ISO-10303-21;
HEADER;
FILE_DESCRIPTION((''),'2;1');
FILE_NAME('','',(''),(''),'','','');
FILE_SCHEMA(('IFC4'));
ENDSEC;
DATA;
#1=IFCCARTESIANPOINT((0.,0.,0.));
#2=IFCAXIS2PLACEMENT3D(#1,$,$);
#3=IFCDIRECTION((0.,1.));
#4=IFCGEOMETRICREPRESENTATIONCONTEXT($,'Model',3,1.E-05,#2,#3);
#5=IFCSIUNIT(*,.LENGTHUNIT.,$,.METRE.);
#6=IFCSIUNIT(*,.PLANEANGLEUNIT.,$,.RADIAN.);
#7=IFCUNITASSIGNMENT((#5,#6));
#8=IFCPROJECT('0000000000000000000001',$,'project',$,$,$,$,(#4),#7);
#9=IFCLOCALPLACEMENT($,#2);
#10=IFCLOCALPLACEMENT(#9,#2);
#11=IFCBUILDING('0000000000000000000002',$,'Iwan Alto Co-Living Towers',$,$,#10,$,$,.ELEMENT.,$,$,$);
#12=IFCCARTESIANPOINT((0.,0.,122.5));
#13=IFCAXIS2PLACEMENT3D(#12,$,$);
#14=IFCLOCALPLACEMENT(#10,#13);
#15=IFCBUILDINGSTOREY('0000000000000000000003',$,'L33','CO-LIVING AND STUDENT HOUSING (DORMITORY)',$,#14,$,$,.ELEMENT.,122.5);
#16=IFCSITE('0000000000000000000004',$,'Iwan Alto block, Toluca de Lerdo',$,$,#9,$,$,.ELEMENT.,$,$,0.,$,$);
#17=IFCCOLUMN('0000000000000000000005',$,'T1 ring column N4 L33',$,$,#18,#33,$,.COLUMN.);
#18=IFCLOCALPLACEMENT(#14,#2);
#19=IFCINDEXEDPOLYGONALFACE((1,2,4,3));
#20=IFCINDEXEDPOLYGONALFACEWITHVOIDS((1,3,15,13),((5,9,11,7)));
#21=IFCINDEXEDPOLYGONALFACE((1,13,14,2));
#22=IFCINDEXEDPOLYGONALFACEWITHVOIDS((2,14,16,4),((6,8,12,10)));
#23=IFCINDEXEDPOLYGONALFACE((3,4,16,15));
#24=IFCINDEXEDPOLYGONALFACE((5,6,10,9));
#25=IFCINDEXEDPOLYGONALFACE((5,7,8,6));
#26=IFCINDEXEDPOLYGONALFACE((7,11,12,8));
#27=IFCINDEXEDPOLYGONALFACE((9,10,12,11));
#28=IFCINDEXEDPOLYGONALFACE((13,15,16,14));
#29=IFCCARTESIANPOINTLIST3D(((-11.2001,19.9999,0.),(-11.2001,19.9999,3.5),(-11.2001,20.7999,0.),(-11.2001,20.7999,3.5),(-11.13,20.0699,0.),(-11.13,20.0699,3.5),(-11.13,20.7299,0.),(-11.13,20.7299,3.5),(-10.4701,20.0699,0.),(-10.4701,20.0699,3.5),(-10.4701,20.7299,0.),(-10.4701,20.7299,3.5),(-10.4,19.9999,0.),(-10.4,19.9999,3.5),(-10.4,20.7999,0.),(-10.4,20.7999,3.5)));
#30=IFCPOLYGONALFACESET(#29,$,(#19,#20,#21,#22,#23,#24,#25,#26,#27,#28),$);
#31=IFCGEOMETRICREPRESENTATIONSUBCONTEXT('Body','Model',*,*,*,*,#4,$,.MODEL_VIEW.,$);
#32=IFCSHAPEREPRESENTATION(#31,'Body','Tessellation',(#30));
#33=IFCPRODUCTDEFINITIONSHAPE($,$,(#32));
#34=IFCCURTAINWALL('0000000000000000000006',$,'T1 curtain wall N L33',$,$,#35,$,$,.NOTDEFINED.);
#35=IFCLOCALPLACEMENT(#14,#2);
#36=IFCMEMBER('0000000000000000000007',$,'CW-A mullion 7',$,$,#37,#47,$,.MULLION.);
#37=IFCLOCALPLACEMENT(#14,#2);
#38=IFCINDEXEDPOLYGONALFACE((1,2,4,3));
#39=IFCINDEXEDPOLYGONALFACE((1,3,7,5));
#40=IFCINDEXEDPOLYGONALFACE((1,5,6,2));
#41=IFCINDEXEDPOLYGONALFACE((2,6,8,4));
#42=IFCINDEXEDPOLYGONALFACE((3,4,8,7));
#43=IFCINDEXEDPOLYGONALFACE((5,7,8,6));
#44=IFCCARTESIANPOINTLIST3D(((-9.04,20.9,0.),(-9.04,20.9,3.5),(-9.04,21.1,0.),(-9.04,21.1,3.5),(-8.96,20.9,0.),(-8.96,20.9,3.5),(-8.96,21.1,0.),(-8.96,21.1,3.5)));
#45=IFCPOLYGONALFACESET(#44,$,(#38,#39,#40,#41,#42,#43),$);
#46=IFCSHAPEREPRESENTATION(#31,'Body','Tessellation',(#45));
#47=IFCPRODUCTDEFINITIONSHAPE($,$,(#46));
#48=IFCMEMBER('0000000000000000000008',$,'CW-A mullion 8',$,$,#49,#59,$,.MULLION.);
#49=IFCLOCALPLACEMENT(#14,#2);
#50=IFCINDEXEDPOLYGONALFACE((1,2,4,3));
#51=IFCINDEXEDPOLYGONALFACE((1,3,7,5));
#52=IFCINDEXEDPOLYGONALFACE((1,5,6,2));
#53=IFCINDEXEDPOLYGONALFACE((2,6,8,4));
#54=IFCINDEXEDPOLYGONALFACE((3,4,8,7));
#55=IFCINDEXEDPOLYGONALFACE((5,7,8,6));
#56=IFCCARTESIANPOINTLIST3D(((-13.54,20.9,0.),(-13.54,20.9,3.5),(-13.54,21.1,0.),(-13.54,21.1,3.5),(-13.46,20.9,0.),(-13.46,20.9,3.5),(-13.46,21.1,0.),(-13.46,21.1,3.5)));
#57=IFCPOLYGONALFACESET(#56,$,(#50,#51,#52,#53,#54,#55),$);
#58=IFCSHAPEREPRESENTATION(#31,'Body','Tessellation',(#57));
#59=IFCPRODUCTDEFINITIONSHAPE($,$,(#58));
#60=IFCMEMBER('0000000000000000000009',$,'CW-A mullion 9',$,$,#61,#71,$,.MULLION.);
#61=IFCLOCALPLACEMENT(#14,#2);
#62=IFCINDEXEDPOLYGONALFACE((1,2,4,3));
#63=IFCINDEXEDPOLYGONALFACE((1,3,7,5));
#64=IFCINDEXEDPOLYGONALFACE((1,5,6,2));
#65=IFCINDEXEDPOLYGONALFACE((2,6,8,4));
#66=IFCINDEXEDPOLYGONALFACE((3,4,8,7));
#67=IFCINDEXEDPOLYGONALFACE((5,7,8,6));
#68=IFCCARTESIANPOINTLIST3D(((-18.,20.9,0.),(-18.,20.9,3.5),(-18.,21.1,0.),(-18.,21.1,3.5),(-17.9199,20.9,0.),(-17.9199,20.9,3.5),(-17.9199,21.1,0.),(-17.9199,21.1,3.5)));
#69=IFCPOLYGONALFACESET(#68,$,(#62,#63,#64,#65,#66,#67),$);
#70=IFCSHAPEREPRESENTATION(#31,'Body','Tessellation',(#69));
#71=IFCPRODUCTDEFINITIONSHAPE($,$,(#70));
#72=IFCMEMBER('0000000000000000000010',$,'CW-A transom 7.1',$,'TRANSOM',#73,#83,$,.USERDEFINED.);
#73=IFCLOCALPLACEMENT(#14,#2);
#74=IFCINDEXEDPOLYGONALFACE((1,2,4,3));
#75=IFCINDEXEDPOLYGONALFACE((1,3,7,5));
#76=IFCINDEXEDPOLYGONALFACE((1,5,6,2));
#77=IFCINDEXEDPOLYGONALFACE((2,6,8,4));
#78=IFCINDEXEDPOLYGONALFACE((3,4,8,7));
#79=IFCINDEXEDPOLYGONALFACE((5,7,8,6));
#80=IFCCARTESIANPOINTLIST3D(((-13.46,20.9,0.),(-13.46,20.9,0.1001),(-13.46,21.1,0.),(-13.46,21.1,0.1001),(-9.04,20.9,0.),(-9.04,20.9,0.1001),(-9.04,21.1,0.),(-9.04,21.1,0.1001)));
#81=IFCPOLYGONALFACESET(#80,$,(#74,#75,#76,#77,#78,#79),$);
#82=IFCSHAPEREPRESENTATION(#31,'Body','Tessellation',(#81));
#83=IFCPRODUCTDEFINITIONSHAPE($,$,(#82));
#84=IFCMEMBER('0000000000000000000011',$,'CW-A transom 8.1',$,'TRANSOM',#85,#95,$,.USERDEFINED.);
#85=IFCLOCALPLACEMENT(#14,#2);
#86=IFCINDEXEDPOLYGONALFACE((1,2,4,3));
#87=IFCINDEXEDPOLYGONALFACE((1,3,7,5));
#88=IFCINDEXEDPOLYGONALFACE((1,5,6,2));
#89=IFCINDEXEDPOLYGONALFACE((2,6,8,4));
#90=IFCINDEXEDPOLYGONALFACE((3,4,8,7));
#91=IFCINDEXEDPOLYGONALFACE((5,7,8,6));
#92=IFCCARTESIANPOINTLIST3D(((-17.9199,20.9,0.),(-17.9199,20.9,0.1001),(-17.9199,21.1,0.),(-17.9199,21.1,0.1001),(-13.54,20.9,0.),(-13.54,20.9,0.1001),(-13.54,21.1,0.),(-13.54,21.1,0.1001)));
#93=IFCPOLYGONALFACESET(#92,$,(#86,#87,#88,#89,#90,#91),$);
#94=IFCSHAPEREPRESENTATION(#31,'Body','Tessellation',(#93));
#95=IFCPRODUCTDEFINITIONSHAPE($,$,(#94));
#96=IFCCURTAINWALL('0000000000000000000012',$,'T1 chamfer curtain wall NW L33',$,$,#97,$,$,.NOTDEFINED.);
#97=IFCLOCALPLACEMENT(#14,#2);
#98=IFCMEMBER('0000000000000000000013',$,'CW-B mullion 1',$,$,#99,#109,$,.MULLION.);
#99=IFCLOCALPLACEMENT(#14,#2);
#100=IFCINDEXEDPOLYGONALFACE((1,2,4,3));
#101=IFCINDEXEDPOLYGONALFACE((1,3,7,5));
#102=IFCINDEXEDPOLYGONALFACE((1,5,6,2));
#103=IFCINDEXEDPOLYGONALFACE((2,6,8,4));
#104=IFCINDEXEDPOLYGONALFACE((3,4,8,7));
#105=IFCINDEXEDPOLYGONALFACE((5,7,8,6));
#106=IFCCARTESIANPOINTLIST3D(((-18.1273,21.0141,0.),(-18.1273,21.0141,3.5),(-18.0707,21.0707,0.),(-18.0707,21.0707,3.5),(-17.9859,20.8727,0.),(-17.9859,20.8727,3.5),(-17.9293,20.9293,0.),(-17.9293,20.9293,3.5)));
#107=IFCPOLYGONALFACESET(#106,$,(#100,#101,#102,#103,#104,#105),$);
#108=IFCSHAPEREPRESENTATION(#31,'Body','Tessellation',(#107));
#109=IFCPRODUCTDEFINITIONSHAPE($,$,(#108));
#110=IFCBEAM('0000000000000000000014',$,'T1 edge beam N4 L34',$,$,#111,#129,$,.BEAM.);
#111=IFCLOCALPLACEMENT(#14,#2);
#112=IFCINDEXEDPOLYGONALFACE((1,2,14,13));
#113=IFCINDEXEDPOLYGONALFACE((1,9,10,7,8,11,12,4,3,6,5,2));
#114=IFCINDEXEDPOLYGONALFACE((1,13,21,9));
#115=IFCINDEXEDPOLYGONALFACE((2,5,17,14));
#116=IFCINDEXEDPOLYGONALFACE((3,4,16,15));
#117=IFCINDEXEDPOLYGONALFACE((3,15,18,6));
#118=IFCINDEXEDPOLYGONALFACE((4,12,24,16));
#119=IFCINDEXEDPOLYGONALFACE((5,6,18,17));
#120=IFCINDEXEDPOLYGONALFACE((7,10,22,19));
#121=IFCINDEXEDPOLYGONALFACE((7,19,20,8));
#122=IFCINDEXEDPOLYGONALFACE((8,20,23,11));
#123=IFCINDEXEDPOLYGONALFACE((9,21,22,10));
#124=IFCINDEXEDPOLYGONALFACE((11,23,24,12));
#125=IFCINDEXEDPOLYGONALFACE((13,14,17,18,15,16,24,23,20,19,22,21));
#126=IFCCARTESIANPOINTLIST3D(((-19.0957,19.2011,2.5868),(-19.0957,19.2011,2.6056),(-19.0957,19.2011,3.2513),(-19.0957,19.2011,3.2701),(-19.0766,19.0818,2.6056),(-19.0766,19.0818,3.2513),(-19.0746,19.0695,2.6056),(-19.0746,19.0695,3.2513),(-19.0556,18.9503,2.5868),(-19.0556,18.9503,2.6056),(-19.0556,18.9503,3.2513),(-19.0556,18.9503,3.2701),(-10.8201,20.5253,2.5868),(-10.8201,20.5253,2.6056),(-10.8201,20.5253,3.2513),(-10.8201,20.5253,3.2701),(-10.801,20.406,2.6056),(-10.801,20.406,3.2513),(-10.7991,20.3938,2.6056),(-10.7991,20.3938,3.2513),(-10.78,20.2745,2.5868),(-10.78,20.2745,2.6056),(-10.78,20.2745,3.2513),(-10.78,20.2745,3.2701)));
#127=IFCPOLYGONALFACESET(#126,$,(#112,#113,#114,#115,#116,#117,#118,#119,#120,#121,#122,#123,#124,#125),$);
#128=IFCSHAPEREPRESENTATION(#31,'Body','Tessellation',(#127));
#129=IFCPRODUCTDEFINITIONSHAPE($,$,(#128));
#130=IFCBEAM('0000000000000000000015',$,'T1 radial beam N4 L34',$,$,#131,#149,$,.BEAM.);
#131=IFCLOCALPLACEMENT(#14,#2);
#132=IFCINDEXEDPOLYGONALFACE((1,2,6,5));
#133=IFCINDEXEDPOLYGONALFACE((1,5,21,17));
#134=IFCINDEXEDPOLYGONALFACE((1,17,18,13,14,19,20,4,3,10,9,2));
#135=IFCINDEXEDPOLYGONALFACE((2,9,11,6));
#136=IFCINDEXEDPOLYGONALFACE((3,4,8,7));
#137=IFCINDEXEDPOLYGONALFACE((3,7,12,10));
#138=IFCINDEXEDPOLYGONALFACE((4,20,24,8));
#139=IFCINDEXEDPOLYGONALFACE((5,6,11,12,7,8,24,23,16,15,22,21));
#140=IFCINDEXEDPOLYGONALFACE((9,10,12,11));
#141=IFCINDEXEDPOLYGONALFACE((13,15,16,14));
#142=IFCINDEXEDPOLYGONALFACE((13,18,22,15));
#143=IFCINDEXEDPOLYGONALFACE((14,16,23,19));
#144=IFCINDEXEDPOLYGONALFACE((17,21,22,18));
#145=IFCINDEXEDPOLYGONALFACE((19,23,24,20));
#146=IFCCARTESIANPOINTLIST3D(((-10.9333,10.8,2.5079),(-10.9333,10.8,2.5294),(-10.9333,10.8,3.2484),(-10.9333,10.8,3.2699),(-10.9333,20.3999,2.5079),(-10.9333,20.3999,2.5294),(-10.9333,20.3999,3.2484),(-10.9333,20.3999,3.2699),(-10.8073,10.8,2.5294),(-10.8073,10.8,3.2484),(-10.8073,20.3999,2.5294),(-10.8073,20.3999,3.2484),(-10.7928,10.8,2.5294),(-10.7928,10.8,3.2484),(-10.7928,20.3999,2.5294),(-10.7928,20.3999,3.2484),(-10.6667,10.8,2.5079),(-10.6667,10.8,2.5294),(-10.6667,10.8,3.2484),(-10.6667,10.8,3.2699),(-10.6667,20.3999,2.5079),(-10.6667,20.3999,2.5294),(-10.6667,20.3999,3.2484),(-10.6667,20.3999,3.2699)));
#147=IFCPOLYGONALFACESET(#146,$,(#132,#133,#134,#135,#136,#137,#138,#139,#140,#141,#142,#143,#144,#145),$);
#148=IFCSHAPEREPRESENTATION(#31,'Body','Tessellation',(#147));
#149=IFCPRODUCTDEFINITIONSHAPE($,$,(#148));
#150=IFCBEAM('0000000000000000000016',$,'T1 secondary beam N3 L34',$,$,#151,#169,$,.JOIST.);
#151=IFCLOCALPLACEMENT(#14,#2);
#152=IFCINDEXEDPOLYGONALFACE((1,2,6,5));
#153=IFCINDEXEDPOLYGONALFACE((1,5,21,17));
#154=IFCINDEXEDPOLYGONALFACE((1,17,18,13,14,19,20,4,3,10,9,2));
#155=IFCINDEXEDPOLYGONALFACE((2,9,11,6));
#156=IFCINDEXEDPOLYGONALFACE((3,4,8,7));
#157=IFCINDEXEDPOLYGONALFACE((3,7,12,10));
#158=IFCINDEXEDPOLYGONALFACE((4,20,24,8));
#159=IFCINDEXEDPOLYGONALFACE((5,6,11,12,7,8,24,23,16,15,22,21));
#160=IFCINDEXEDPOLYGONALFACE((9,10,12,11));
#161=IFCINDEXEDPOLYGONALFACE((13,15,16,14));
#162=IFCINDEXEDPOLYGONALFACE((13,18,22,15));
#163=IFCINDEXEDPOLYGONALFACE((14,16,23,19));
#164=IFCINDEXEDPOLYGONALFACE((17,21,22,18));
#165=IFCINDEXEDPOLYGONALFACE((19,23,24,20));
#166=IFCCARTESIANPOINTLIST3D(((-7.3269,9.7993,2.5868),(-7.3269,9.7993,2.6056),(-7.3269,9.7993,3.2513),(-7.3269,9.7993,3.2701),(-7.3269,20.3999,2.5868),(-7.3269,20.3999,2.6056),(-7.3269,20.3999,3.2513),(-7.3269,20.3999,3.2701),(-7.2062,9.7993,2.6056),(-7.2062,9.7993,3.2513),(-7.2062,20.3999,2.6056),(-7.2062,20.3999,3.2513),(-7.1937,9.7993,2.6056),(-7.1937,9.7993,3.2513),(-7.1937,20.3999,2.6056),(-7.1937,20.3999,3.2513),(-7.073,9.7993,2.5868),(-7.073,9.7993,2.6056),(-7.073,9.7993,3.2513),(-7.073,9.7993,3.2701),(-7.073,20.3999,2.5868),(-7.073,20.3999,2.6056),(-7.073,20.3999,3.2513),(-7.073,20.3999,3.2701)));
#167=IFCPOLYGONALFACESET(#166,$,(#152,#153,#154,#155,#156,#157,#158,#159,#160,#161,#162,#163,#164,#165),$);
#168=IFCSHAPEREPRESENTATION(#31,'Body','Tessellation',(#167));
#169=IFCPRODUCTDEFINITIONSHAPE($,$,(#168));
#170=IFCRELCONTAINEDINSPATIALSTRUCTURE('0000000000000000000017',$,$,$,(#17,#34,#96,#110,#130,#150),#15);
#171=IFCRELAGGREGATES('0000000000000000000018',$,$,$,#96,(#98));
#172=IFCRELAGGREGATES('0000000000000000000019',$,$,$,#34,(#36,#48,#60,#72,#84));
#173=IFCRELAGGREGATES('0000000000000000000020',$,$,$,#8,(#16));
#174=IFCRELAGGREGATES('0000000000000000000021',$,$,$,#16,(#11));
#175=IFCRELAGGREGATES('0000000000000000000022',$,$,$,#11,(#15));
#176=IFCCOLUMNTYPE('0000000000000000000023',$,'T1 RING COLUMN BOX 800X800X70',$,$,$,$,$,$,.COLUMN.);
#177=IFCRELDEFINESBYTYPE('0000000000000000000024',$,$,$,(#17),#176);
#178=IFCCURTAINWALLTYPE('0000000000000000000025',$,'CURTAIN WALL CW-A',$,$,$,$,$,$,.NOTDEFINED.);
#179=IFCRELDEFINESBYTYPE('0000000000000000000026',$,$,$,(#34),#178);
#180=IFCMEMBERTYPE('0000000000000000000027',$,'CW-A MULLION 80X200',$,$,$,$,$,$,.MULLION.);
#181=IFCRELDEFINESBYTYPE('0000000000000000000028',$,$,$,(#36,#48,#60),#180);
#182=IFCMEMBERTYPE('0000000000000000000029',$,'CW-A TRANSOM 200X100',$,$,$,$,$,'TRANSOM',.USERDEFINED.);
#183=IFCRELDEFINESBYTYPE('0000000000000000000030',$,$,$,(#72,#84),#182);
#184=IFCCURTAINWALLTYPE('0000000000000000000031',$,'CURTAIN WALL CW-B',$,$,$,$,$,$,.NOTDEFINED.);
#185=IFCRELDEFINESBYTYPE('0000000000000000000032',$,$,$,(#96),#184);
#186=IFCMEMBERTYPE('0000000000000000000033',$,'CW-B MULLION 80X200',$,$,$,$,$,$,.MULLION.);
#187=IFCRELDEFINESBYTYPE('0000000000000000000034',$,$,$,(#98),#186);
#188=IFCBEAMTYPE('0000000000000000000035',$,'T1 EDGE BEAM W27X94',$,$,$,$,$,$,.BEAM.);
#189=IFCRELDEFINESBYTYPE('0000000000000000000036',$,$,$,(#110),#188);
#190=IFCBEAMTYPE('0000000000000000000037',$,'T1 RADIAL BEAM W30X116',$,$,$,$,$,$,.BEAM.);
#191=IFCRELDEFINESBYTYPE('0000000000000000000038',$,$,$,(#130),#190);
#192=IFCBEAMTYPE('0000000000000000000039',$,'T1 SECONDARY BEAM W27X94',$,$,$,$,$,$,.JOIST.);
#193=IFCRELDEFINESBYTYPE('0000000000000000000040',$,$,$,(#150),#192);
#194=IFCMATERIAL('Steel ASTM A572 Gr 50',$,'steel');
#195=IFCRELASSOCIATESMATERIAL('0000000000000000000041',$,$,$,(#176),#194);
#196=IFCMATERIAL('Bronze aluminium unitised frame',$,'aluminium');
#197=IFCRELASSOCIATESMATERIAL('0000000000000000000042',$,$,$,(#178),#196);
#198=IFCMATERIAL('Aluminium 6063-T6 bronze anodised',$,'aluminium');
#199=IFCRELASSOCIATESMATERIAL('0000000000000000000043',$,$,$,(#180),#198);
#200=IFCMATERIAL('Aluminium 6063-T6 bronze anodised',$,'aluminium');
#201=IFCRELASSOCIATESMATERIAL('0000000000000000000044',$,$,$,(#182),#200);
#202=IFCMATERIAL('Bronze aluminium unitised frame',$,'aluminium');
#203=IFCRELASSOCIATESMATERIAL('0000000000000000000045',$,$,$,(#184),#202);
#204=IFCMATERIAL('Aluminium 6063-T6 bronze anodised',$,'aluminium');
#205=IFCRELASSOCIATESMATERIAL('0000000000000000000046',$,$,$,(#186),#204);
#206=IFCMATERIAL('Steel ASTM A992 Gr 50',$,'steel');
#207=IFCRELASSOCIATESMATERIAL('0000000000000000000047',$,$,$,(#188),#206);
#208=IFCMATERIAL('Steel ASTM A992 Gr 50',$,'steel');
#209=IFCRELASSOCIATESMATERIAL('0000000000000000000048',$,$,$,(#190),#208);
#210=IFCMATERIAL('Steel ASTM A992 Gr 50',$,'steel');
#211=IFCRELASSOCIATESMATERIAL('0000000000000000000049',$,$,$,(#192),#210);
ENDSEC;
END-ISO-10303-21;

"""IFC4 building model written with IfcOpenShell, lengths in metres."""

from ifc_helpers import new_model, si_unit, direction, frame, origin, origin_2d, place, context, subcontext, project, spatial, rectangle, hollow_rectangle, i_section, extrude, material, material_profile, profile_set, type_object, element, aggregate, save


model = new_model("IFC4")

# Units and contexts
model_context = context("Model", 3, precision=1e-05, world=origin(), true_north=direction((0.0, 1.0)))
body_context = subcontext(model_context, "Body", "Model", "MODEL_VIEW")
ifc_project = project(units=[si_unit("LENGTHUNIT", "METRE"), si_unit("PLANEANGLEUNIT", "RADIAN")], contexts=[model_context])

# Site, building, storey
site_placement = place(None, origin())
site = spatial("IfcSite", under=ifc_project, at=site_placement, Name="Iwan Alto block, Toluca de Lerdo", CompositionType="ELEMENT", RefElevation=0.0)
building_placement = place(site_placement, origin())
building = spatial("IfcBuilding", under=site, at=building_placement, Name="Iwan Alto Co-Living Towers", CompositionType="ELEMENT")
storey_placement = place(building_placement, frame((0.0, 0.0, 122.5)))
storey = spatial("IfcBuildingStorey", under=building, at=storey_placement, Name="L33", Description="CO-LIVING AND STUDENT HOUSING (DORMITORY)", CompositionType="ELEMENT", Elevation=122.5)

# Column
ifc_material_1 = material(Name="Steel ASTM A572 Gr 50", Category="steel")
ifc_material_profile_1 = material_profile(ifc_material_1, hollow_rectangle(XDim=0.8, YDim=0.8, WallThickness=0.0701, at=origin_2d()), Name="BOX 800X800X70")
ifc_profile_set_1 = profile_set([ifc_material_profile_1], Name="Steel ASTM A572 Gr 50")
column_type = type_object("IfcColumnType", Name="T1 RING COLUMN BOX 800X800X70", PredefinedType="COLUMN", material=ifc_profile_set_1)
column_placement = place(storey_placement, frame((-10.8, 20.3999, 0.0), z_axis=(0.0, 0.0, 1.0), x_axis=(1.0, 0.0, 0.0)))
element("IfcColumn", 1, at=column_placement, inside=storey, type_object=column_type, Name="T1 ring column N4 L33", PredefinedType="COLUMN", context=body_context, shape_type="SweptSolid", body=[
    extrude(hollow_rectangle(XDim=0.8, YDim=0.8, WallThickness=0.0701, at=origin_2d()), origin(), (0.0, 0.0, 1.0), 3.5),
])

# Curtain wall, members
ifc_material_2 = material(Name="Bronze aluminium unitised frame", Category="aluminium")
curtain_wall_type_1 = type_object("IfcCurtainWallType", Name="CURTAIN WALL CW-A", PredefinedType="NOTDEFINED", material=ifc_material_2)
curtain_wall_1_placement = place(storey_placement, origin())
curtain_wall_1 = element("IfcCurtainWall", 2, at=curtain_wall_1_placement, inside=storey, type_object=curtain_wall_type_1, Name="T1 curtain wall N L33", PredefinedType="NOTDEFINED")
ifc_material_3 = material(Name="Aluminium 6063-T6 bronze anodised", Category="aluminium")
ifc_material_profile_2 = material_profile(ifc_material_3, rectangle(XDim=0.2, YDim=0.0801, at=origin_2d()), Name="AL 80X200")
ifc_profile_set_2 = profile_set([ifc_material_profile_2], Name="Aluminium 6063-T6 bronze anodised")
member_type_1 = type_object("IfcMemberType", Name="CW-A MULLION 80X200", PredefinedType="MULLION", material=ifc_profile_set_2)
member_1_placement = place(storey_placement, frame((-9.0, 21.0, 0.0), z_axis=(0.0, 0.0, 1.0), x_axis=(0.0, -1.0, 0.0)))
member_1 = element("IfcMember", 3, at=member_1_placement, type_object=member_type_1, Name="CW-A mullion 7", PredefinedType="MULLION", context=body_context, shape_type="SweptSolid", body=[
    extrude(rectangle(XDim=0.2, YDim=0.0801, at=origin_2d()), origin(), (0.0, 0.0, 1.0), 3.5),
])
member_2_placement = place(storey_placement, frame((-13.5, 21.0, 0.0), z_axis=(0.0, 0.0, 1.0), x_axis=(0.0, -1.0, 0.0)))
member_2 = element("IfcMember", 4, at=member_2_placement, type_object=member_type_1, Name="CW-A mullion 8", PredefinedType="MULLION", context=body_context, shape_type="SweptSolid", body=[
    extrude(rectangle(XDim=0.2, YDim=0.0801, at=origin_2d()), origin(), (0.0, 0.0, 1.0), 3.5),
])
member_3_placement = place(storey_placement, frame((-17.96, 21.0, 0.0), z_axis=(0.0, 0.0, 1.0), x_axis=(0.0, -1.0, 0.0)))
member_3 = element("IfcMember", 5, at=member_3_placement, type_object=member_type_1, Name="CW-A mullion 9", PredefinedType="MULLION", context=body_context, shape_type="SweptSolid", body=[
    extrude(rectangle(XDim=0.2, YDim=0.0801, at=origin_2d()), origin(), (0.0, 0.0, 1.0), 3.5),
])
ifc_material_4 = material(Name="Aluminium 6063-T6 bronze anodised", Category="aluminium")
ifc_material_profile_3 = material_profile(ifc_material_4, rectangle(XDim=0.2, YDim=0.1001, at=origin_2d()), Name="AL 200X100")
ifc_profile_set_3 = profile_set([ifc_material_profile_3], Name="Aluminium 6063-T6 bronze anodised")
member_type_2 = type_object("IfcMemberType", Name="CW-A TRANSOM 200X100", ElementType="TRANSOM", PredefinedType="USERDEFINED", material=ifc_profile_set_3)
member_4_placement = place(storey_placement, frame((-9.04, 21.0, 0.05), z_axis=(-1.0, 0.0, 0.0), x_axis=(0.0, -1.0, 0.0)))
member_4 = element("IfcMember", 6, at=member_4_placement, type_object=member_type_2, Name="CW-A transom 7.1", ObjectType="TRANSOM", PredefinedType="USERDEFINED", context=body_context, shape_type="SweptSolid", body=[
    extrude(rectangle(XDim=0.2, YDim=0.1001, at=origin_2d()), origin(), (0.0, 0.0, 1.0), 4.4199),
])
member_5_placement = place(storey_placement, frame((-13.54, 21.0, 0.05), z_axis=(-1.0, 0.0, 0.0), x_axis=(0.0, -1.0, 0.0)))
member_5 = element("IfcMember", 7, at=member_5_placement, type_object=member_type_2, Name="CW-A transom 8.1", ObjectType="TRANSOM", PredefinedType="USERDEFINED", context=body_context, shape_type="SweptSolid", body=[
    extrude(rectangle(XDim=0.2, YDim=0.1001, at=origin_2d()), origin(), (0.0, 0.0, 1.0), 4.3799),
])

# Curtain wall, member
ifc_material_5 = material(Name="Bronze aluminium unitised frame", Category="aluminium")
curtain_wall_type_2 = type_object("IfcCurtainWallType", Name="CURTAIN WALL CW-B", PredefinedType="NOTDEFINED", material=ifc_material_5)
curtain_wall_2_placement = place(storey_placement, origin())
curtain_wall_2 = element("IfcCurtainWall", 8, at=curtain_wall_2_placement, inside=storey, type_object=curtain_wall_type_2, Name="T1 chamfer curtain wall NW L33", PredefinedType="NOTDEFINED")
ifc_material_6 = material(Name="Aluminium 6063-T6 bronze anodised", Category="aluminium")
ifc_material_profile_4 = material_profile(ifc_material_6, rectangle(XDim=0.2, YDim=0.0801, at=origin_2d()), Name="AL 80X200")
ifc_profile_set_4 = profile_set([ifc_material_profile_4], Name="Aluminium 6063-T6 bronze anodised")
member_type_3 = type_object("IfcMemberType", Name="CW-B MULLION 80X200", PredefinedType="MULLION", material=ifc_profile_set_4)
member_6_placement = place(storey_placement, frame((-18.0283, 20.9717, 0.0), z_axis=(0.0, 0.0, 1.0), x_axis=(0.707107, -0.707107, 0.0)))
member_6 = element("IfcMember", 9, at=member_6_placement, type_object=member_type_3, Name="CW-B mullion 1", PredefinedType="MULLION", context=body_context, shape_type="SweptSolid", body=[
    extrude(rectangle(XDim=0.2, YDim=0.0801, at=origin_2d()), origin(), (0.0, 0.0, 1.0), 3.5),
])
aggregate(curtain_wall_2, [member_6])

# Beams
ifc_material_7 = material(Name="Steel ASTM A992 Gr 50", Category="steel")
ifc_material_profile_5 = material_profile(ifc_material_7, i_section(OverallWidth=0.2539, OverallDepth=0.6833, WebThickness=0.0125, FlangeThickness=0.0188, at=origin_2d()), Name="W27X94")
ifc_profile_set_5 = profile_set([ifc_material_profile_5], Name="Steel ASTM A992 Gr 50")
beam_type_1 = type_object("IfcBeamType", Name="T1 EDGE BEAM W27X94", PredefinedType="BEAM", material=ifc_profile_set_5)
beam_1_placement = place(storey_placement, frame((-10.8, 20.3999, 2.9285), z_axis=(-0.987438, -0.158004, 0.0), x_axis=(0.158004, -0.987438, 0.0)))
element("IfcBeam", 10, at=beam_1_placement, inside=storey, type_object=beam_type_1, Name="T1 edge beam N4 L34", PredefinedType="BEAM", context=body_context, shape_type="SweptSolid", body=[
    extrude(i_section(OverallWidth=0.2539, OverallDepth=0.6833, WebThickness=0.0125, FlangeThickness=0.0188, at=origin_2d()), origin(), (0.0, 0.0, 1.0), 8.3809),
])
ifc_material_8 = material(Name="Steel ASTM A992 Gr 50", Category="steel")
ifc_material_profile_6 = material_profile(ifc_material_8, i_section(OverallWidth=0.2666, OverallDepth=0.762, WebThickness=0.0144, FlangeThickness=0.0215, at=origin_2d()), Name="W30X116")
ifc_profile_set_6 = profile_set([ifc_material_profile_6], Name="Steel ASTM A992 Gr 50")
beam_type_2 = type_object("IfcBeamType", Name="T1 RADIAL BEAM W30X116", PredefinedType="BEAM", material=ifc_profile_set_6)
beam_2_placement = place(storey_placement, frame((-10.8, 20.3999, 2.8889), z_axis=(0.0, -1.0, 0.0), x_axis=(1.0, 0.0, 0.0)))
element("IfcBeam", 11, at=beam_2_placement, inside=storey, type_object=beam_type_2, Name="T1 radial beam N4 L34", PredefinedType="BEAM", context=body_context, shape_type="SweptSolid", body=[
    extrude(i_section(OverallWidth=0.2666, OverallDepth=0.762, WebThickness=0.0144, FlangeThickness=0.0215, at=origin_2d()), origin(), (0.0, 0.0, 1.0), 9.5999),
])
ifc_material_9 = material(Name="Steel ASTM A992 Gr 50", Category="steel")
ifc_material_profile_7 = material_profile(ifc_material_9, i_section(OverallWidth=0.2539, OverallDepth=0.6833, WebThickness=0.0125, FlangeThickness=0.0188, at=origin_2d()), Name="W27X94")
ifc_profile_set_7 = profile_set([ifc_material_profile_7], Name="Steel ASTM A992 Gr 50")
beam_type_3 = type_object("IfcBeamType", Name="T1 SECONDARY BEAM W27X94", PredefinedType="JOIST", material=ifc_profile_set_7)
beam_3_placement = place(storey_placement, frame((-7.2, 20.3999, 2.9285), z_axis=(0.0, -1.0, 0.0), x_axis=(1.0, 0.0, 0.0)))
element("IfcBeam", 12, at=beam_3_placement, inside=storey, type_object=beam_type_3, Name="T1 secondary beam N3 L34", PredefinedType="JOIST", context=body_context, shape_type="SweptSolid", body=[
    extrude(i_section(OverallWidth=0.2539, OverallDepth=0.6833, WebThickness=0.0125, FlangeThickness=0.0188, at=origin_2d()), origin(), (0.0, 0.0, 1.0), 10.6006),
])

aggregate(curtain_wall_1, [member_1, member_2, member_3, member_4, member_5])

save(model, "model.ifc")
